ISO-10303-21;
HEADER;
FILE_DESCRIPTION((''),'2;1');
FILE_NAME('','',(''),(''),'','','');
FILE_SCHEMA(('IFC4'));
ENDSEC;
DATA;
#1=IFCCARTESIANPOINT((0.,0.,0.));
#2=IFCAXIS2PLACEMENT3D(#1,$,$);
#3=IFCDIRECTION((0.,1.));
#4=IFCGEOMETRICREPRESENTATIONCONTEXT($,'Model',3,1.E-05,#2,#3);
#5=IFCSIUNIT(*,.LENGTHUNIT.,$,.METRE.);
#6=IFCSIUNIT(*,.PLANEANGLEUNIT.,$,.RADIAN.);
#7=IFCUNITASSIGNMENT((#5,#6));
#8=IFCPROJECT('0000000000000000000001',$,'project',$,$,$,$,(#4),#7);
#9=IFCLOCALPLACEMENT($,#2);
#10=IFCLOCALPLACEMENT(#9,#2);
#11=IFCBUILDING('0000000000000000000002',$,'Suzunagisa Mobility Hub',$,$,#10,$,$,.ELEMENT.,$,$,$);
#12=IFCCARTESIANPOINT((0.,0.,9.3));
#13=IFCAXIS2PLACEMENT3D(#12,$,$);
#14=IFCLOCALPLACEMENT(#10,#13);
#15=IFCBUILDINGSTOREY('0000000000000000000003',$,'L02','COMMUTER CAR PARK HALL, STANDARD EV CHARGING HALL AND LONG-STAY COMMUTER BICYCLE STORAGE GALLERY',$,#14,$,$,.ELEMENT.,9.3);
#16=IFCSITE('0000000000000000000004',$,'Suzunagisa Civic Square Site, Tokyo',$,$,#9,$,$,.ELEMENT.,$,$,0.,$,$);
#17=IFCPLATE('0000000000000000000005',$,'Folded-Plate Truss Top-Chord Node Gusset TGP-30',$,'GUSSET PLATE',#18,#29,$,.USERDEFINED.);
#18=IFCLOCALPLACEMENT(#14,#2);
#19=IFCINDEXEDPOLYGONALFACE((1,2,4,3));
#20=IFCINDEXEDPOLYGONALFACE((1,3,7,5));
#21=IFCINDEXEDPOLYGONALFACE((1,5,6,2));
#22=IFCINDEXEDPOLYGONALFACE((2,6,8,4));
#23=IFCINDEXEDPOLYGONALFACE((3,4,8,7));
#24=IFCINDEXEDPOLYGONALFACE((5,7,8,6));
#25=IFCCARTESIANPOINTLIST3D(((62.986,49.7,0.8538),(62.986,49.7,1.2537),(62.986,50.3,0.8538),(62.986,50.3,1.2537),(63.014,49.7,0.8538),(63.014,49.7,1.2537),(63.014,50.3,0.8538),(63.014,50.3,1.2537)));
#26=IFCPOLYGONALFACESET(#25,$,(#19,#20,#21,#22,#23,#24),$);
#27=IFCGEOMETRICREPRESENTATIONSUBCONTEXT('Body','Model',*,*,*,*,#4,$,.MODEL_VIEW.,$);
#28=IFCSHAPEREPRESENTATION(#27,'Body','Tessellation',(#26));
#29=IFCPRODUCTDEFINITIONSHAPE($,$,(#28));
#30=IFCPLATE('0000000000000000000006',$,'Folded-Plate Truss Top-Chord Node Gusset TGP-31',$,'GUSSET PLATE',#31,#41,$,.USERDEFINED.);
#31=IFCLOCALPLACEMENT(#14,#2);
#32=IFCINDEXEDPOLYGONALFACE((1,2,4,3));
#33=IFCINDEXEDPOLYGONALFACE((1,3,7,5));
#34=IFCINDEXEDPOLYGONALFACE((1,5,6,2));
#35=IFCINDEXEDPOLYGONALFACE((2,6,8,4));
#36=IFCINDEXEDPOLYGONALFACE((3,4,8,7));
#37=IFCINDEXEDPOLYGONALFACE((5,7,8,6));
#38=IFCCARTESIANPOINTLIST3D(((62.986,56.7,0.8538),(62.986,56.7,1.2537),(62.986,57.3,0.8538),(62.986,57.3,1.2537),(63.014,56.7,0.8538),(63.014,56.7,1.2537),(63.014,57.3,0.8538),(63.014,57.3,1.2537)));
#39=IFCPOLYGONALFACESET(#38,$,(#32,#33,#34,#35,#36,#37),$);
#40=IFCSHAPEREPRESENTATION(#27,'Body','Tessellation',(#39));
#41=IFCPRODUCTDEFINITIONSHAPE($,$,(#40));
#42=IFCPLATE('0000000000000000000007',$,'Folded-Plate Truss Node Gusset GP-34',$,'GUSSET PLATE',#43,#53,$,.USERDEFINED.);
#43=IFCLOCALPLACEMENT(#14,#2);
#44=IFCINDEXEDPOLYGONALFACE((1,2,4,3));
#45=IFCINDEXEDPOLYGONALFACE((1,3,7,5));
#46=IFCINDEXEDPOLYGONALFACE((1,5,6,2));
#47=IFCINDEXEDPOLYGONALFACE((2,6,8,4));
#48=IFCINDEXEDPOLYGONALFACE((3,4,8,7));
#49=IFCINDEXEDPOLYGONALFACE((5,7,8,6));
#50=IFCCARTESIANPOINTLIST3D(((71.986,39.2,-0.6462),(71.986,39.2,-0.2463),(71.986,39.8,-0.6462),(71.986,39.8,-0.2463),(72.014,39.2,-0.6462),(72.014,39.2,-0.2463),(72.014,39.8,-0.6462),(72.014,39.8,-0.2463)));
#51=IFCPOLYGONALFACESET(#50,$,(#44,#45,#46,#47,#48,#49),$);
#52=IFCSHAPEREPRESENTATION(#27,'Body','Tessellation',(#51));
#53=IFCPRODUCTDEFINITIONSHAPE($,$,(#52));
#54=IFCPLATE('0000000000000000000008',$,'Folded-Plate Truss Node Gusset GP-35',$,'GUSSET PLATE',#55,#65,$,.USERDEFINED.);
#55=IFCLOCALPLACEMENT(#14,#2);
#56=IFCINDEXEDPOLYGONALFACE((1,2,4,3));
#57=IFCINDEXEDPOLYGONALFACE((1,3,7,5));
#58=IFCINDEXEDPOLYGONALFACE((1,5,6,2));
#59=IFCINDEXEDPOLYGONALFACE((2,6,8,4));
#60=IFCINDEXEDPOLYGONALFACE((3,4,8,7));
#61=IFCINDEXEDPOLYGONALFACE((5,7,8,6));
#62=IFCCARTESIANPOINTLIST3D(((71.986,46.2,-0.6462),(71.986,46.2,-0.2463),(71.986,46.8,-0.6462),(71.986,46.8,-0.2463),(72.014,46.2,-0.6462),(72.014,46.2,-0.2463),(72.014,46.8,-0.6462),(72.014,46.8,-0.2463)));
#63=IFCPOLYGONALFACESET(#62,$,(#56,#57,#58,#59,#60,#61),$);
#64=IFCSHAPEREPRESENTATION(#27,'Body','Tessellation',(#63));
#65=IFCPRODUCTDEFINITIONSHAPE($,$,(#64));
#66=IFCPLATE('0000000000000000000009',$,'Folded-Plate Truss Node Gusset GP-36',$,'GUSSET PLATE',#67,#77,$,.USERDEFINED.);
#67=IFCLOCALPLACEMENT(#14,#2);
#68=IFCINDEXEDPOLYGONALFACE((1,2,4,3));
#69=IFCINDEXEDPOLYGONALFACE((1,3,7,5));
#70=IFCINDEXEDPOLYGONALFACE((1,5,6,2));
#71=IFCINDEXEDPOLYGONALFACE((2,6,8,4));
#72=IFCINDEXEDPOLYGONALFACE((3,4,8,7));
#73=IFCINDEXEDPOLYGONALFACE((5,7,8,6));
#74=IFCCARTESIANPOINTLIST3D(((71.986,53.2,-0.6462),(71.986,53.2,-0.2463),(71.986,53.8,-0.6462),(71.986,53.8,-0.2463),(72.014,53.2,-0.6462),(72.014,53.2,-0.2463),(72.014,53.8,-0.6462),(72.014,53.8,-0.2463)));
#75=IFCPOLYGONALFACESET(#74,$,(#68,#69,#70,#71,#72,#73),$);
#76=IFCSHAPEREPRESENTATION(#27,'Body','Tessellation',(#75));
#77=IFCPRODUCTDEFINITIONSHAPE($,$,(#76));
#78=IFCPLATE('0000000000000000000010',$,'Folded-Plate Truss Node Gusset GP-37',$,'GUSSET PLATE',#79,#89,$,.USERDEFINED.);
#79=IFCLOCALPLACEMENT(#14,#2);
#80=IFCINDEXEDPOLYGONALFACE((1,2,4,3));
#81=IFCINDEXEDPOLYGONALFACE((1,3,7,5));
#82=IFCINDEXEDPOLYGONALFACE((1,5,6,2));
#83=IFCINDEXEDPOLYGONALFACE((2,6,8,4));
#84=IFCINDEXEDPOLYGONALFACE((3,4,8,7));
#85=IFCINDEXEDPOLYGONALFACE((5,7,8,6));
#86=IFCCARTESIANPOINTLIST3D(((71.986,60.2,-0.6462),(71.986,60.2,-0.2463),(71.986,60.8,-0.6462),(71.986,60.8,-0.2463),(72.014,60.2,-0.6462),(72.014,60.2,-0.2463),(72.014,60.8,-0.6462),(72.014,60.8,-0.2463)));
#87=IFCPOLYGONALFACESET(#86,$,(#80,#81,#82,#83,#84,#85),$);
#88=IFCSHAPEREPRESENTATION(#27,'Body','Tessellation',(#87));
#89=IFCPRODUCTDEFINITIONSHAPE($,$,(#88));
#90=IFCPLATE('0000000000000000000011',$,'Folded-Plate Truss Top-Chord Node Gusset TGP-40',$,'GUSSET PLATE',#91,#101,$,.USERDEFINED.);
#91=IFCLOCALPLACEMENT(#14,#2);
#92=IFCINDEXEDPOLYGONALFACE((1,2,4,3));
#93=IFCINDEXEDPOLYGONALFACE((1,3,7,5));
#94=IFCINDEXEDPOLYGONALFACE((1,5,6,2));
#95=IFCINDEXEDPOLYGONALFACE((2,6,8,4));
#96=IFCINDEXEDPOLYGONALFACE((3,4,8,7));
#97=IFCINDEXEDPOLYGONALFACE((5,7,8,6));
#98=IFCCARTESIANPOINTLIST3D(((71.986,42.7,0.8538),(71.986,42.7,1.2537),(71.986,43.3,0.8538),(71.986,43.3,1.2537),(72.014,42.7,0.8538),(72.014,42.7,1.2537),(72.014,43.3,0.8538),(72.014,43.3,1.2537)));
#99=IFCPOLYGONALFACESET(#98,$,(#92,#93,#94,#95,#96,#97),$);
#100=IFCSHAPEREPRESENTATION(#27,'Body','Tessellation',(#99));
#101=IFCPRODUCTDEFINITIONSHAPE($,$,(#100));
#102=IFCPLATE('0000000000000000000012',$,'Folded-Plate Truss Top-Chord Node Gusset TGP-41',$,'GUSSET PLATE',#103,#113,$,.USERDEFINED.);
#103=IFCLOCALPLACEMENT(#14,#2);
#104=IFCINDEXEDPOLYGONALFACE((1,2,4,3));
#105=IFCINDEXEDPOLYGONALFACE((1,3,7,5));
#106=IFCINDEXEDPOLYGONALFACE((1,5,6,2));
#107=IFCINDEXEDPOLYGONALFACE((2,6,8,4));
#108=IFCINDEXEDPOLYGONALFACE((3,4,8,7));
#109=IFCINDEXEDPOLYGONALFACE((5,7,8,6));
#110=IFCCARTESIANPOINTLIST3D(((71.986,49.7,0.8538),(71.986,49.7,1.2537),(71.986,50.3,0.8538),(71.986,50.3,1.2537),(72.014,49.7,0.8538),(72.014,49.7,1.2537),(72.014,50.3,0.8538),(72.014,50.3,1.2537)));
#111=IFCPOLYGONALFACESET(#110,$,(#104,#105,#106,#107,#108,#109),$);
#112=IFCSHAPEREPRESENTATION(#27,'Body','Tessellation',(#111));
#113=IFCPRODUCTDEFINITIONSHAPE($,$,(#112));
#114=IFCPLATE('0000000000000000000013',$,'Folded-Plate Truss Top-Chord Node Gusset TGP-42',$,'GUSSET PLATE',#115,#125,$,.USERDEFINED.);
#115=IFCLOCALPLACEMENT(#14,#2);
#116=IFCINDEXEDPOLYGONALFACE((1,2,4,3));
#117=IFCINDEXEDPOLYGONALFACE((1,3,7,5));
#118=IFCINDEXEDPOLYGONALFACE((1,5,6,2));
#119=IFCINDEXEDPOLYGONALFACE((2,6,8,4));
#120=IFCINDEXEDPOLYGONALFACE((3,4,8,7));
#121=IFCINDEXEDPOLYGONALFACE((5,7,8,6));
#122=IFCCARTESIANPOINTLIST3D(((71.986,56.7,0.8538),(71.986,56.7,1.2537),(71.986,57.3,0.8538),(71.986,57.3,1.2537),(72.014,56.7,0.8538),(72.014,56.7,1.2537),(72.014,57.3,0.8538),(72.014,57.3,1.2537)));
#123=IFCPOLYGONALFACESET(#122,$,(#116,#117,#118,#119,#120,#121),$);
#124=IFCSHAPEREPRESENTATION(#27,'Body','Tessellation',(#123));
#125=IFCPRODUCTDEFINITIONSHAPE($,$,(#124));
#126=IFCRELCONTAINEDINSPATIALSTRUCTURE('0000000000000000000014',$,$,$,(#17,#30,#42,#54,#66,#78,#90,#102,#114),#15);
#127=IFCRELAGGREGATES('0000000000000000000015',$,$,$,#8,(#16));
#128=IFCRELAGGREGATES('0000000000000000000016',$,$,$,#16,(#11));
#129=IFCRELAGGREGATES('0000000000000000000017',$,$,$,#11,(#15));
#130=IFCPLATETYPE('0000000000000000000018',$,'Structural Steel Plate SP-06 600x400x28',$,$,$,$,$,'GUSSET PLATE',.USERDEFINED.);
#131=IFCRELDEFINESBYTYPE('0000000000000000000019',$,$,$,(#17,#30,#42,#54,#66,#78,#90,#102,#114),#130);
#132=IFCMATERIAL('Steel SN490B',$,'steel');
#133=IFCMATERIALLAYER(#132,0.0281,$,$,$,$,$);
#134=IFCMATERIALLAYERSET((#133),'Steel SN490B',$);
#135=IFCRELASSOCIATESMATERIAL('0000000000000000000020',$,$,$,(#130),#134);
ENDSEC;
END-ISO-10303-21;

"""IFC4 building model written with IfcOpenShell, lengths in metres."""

from ifc_helpers import new_model, si_unit, direction, frame, origin, origin_2d, place, context, subcontext, project, spatial, rectangle, extrude, material, layer, layer_set, type_object, element, save


model = new_model("IFC4")

# Units and contexts
model_context = context("Model", 3, precision=1e-05, world=origin(), true_north=direction((0.0, 1.0)))
body_context = subcontext(model_context, "Body", "Model", "MODEL_VIEW")
ifc_project = project(units=[si_unit("LENGTHUNIT", "METRE"), si_unit("PLANEANGLEUNIT", "RADIAN")], contexts=[model_context])

# Site, building, storey
site_placement = place(None, origin())
site = spatial("IfcSite", under=ifc_project, at=site_placement, Name="Suzunagisa Civic Square Site, Tokyo", CompositionType="ELEMENT", RefElevation=0.0)
building_placement = place(site_placement, origin())
building = spatial("IfcBuilding", under=site, at=building_placement, Name="Suzunagisa Mobility Hub", CompositionType="ELEMENT")
storey_placement = place(building_placement, frame((0.0, 0.0, 9.3)))
storey = spatial("IfcBuildingStorey", under=building, at=storey_placement, Name="L02", Description="COMMUTER CAR PARK HALL, STANDARD EV CHARGING HALL AND LONG-STAY COMMUTER BICYCLE STORAGE GALLERY", CompositionType="ELEMENT", Elevation=9.3)

# Shared definitions
ifc_material_1 = material(Name="Steel SN490B", Category="steel")

# Plates
ifc_layer = layer(ifc_material_1, 0.0281)
ifc_layer_set = layer_set([ifc_layer], Name="Steel SN490B")
plate_type = type_object("IfcPlateType", Name="Structural Steel Plate SP-06 600x400x28", ElementType="GUSSET PLATE", PredefinedType="USERDEFINED", material=ifc_layer_set)
for number, where, z_axis, x_axis, name in (
    (1, (63.0, 50.0, 0.8538), (0.0, 0.0, 1.0), (1.0, 0.0, 0.0), "Folded-Plate Truss Top-Chord Node Gusset TGP-30"),
    (2, (63.0, 57.0, 0.8538), (0.0, 0.0, 1.0), (1.0, 0.0, 0.0), "Folded-Plate Truss Top-Chord Node Gusset TGP-31"),
    (3, (72.0, 39.5, -0.6462), (0.0, 0.0, 1.0), (1.0, 0.0, 0.0), "Folded-Plate Truss Node Gusset GP-34"),
    (4, (72.0, 46.5, -0.6462), (0.0, 0.0, 1.0), (1.0, 0.0, 0.0), "Folded-Plate Truss Node Gusset GP-35"),
    (5, (72.0, 53.5, -0.6462), (0.0, 0.0, 1.0), (1.0, 0.0, 0.0), "Folded-Plate Truss Node Gusset GP-36"),
    (6, (72.0, 60.5, -0.6462), (0.0, 0.0, 1.0), (1.0, 0.0, 0.0), "Folded-Plate Truss Node Gusset GP-37"),
    (7, (72.0, 43.0, 0.8538), (0.0, 0.0, 1.0), (1.0, 0.0, 0.0), "Folded-Plate Truss Top-Chord Node Gusset TGP-40"),
    (8, (72.0, 50.0, 0.8538), (0.0, 0.0, 1.0), (1.0, 0.0, 0.0), "Folded-Plate Truss Top-Chord Node Gusset TGP-41"),
    (9, (72.0, 57.0, 0.8538), (0.0, 0.0, 1.0), (1.0, 0.0, 0.0), "Folded-Plate Truss Top-Chord Node Gusset TGP-42"),
):
    element("IfcPlate", number, at=place(storey_placement, frame(where, z_axis=z_axis, x_axis=x_axis)), inside=storey, type_object=plate_type, Name=name, ObjectType="GUSSET PLATE", PredefinedType="USERDEFINED", context=body_context, shape_type="SweptSolid", body=[
        extrude(rectangle(XDim=0.0281, YDim=0.6001, at=origin_2d()), origin(), (0.0, 0.0, 1.0), 0.3999),
    ])

save(model, "model.ifc")
